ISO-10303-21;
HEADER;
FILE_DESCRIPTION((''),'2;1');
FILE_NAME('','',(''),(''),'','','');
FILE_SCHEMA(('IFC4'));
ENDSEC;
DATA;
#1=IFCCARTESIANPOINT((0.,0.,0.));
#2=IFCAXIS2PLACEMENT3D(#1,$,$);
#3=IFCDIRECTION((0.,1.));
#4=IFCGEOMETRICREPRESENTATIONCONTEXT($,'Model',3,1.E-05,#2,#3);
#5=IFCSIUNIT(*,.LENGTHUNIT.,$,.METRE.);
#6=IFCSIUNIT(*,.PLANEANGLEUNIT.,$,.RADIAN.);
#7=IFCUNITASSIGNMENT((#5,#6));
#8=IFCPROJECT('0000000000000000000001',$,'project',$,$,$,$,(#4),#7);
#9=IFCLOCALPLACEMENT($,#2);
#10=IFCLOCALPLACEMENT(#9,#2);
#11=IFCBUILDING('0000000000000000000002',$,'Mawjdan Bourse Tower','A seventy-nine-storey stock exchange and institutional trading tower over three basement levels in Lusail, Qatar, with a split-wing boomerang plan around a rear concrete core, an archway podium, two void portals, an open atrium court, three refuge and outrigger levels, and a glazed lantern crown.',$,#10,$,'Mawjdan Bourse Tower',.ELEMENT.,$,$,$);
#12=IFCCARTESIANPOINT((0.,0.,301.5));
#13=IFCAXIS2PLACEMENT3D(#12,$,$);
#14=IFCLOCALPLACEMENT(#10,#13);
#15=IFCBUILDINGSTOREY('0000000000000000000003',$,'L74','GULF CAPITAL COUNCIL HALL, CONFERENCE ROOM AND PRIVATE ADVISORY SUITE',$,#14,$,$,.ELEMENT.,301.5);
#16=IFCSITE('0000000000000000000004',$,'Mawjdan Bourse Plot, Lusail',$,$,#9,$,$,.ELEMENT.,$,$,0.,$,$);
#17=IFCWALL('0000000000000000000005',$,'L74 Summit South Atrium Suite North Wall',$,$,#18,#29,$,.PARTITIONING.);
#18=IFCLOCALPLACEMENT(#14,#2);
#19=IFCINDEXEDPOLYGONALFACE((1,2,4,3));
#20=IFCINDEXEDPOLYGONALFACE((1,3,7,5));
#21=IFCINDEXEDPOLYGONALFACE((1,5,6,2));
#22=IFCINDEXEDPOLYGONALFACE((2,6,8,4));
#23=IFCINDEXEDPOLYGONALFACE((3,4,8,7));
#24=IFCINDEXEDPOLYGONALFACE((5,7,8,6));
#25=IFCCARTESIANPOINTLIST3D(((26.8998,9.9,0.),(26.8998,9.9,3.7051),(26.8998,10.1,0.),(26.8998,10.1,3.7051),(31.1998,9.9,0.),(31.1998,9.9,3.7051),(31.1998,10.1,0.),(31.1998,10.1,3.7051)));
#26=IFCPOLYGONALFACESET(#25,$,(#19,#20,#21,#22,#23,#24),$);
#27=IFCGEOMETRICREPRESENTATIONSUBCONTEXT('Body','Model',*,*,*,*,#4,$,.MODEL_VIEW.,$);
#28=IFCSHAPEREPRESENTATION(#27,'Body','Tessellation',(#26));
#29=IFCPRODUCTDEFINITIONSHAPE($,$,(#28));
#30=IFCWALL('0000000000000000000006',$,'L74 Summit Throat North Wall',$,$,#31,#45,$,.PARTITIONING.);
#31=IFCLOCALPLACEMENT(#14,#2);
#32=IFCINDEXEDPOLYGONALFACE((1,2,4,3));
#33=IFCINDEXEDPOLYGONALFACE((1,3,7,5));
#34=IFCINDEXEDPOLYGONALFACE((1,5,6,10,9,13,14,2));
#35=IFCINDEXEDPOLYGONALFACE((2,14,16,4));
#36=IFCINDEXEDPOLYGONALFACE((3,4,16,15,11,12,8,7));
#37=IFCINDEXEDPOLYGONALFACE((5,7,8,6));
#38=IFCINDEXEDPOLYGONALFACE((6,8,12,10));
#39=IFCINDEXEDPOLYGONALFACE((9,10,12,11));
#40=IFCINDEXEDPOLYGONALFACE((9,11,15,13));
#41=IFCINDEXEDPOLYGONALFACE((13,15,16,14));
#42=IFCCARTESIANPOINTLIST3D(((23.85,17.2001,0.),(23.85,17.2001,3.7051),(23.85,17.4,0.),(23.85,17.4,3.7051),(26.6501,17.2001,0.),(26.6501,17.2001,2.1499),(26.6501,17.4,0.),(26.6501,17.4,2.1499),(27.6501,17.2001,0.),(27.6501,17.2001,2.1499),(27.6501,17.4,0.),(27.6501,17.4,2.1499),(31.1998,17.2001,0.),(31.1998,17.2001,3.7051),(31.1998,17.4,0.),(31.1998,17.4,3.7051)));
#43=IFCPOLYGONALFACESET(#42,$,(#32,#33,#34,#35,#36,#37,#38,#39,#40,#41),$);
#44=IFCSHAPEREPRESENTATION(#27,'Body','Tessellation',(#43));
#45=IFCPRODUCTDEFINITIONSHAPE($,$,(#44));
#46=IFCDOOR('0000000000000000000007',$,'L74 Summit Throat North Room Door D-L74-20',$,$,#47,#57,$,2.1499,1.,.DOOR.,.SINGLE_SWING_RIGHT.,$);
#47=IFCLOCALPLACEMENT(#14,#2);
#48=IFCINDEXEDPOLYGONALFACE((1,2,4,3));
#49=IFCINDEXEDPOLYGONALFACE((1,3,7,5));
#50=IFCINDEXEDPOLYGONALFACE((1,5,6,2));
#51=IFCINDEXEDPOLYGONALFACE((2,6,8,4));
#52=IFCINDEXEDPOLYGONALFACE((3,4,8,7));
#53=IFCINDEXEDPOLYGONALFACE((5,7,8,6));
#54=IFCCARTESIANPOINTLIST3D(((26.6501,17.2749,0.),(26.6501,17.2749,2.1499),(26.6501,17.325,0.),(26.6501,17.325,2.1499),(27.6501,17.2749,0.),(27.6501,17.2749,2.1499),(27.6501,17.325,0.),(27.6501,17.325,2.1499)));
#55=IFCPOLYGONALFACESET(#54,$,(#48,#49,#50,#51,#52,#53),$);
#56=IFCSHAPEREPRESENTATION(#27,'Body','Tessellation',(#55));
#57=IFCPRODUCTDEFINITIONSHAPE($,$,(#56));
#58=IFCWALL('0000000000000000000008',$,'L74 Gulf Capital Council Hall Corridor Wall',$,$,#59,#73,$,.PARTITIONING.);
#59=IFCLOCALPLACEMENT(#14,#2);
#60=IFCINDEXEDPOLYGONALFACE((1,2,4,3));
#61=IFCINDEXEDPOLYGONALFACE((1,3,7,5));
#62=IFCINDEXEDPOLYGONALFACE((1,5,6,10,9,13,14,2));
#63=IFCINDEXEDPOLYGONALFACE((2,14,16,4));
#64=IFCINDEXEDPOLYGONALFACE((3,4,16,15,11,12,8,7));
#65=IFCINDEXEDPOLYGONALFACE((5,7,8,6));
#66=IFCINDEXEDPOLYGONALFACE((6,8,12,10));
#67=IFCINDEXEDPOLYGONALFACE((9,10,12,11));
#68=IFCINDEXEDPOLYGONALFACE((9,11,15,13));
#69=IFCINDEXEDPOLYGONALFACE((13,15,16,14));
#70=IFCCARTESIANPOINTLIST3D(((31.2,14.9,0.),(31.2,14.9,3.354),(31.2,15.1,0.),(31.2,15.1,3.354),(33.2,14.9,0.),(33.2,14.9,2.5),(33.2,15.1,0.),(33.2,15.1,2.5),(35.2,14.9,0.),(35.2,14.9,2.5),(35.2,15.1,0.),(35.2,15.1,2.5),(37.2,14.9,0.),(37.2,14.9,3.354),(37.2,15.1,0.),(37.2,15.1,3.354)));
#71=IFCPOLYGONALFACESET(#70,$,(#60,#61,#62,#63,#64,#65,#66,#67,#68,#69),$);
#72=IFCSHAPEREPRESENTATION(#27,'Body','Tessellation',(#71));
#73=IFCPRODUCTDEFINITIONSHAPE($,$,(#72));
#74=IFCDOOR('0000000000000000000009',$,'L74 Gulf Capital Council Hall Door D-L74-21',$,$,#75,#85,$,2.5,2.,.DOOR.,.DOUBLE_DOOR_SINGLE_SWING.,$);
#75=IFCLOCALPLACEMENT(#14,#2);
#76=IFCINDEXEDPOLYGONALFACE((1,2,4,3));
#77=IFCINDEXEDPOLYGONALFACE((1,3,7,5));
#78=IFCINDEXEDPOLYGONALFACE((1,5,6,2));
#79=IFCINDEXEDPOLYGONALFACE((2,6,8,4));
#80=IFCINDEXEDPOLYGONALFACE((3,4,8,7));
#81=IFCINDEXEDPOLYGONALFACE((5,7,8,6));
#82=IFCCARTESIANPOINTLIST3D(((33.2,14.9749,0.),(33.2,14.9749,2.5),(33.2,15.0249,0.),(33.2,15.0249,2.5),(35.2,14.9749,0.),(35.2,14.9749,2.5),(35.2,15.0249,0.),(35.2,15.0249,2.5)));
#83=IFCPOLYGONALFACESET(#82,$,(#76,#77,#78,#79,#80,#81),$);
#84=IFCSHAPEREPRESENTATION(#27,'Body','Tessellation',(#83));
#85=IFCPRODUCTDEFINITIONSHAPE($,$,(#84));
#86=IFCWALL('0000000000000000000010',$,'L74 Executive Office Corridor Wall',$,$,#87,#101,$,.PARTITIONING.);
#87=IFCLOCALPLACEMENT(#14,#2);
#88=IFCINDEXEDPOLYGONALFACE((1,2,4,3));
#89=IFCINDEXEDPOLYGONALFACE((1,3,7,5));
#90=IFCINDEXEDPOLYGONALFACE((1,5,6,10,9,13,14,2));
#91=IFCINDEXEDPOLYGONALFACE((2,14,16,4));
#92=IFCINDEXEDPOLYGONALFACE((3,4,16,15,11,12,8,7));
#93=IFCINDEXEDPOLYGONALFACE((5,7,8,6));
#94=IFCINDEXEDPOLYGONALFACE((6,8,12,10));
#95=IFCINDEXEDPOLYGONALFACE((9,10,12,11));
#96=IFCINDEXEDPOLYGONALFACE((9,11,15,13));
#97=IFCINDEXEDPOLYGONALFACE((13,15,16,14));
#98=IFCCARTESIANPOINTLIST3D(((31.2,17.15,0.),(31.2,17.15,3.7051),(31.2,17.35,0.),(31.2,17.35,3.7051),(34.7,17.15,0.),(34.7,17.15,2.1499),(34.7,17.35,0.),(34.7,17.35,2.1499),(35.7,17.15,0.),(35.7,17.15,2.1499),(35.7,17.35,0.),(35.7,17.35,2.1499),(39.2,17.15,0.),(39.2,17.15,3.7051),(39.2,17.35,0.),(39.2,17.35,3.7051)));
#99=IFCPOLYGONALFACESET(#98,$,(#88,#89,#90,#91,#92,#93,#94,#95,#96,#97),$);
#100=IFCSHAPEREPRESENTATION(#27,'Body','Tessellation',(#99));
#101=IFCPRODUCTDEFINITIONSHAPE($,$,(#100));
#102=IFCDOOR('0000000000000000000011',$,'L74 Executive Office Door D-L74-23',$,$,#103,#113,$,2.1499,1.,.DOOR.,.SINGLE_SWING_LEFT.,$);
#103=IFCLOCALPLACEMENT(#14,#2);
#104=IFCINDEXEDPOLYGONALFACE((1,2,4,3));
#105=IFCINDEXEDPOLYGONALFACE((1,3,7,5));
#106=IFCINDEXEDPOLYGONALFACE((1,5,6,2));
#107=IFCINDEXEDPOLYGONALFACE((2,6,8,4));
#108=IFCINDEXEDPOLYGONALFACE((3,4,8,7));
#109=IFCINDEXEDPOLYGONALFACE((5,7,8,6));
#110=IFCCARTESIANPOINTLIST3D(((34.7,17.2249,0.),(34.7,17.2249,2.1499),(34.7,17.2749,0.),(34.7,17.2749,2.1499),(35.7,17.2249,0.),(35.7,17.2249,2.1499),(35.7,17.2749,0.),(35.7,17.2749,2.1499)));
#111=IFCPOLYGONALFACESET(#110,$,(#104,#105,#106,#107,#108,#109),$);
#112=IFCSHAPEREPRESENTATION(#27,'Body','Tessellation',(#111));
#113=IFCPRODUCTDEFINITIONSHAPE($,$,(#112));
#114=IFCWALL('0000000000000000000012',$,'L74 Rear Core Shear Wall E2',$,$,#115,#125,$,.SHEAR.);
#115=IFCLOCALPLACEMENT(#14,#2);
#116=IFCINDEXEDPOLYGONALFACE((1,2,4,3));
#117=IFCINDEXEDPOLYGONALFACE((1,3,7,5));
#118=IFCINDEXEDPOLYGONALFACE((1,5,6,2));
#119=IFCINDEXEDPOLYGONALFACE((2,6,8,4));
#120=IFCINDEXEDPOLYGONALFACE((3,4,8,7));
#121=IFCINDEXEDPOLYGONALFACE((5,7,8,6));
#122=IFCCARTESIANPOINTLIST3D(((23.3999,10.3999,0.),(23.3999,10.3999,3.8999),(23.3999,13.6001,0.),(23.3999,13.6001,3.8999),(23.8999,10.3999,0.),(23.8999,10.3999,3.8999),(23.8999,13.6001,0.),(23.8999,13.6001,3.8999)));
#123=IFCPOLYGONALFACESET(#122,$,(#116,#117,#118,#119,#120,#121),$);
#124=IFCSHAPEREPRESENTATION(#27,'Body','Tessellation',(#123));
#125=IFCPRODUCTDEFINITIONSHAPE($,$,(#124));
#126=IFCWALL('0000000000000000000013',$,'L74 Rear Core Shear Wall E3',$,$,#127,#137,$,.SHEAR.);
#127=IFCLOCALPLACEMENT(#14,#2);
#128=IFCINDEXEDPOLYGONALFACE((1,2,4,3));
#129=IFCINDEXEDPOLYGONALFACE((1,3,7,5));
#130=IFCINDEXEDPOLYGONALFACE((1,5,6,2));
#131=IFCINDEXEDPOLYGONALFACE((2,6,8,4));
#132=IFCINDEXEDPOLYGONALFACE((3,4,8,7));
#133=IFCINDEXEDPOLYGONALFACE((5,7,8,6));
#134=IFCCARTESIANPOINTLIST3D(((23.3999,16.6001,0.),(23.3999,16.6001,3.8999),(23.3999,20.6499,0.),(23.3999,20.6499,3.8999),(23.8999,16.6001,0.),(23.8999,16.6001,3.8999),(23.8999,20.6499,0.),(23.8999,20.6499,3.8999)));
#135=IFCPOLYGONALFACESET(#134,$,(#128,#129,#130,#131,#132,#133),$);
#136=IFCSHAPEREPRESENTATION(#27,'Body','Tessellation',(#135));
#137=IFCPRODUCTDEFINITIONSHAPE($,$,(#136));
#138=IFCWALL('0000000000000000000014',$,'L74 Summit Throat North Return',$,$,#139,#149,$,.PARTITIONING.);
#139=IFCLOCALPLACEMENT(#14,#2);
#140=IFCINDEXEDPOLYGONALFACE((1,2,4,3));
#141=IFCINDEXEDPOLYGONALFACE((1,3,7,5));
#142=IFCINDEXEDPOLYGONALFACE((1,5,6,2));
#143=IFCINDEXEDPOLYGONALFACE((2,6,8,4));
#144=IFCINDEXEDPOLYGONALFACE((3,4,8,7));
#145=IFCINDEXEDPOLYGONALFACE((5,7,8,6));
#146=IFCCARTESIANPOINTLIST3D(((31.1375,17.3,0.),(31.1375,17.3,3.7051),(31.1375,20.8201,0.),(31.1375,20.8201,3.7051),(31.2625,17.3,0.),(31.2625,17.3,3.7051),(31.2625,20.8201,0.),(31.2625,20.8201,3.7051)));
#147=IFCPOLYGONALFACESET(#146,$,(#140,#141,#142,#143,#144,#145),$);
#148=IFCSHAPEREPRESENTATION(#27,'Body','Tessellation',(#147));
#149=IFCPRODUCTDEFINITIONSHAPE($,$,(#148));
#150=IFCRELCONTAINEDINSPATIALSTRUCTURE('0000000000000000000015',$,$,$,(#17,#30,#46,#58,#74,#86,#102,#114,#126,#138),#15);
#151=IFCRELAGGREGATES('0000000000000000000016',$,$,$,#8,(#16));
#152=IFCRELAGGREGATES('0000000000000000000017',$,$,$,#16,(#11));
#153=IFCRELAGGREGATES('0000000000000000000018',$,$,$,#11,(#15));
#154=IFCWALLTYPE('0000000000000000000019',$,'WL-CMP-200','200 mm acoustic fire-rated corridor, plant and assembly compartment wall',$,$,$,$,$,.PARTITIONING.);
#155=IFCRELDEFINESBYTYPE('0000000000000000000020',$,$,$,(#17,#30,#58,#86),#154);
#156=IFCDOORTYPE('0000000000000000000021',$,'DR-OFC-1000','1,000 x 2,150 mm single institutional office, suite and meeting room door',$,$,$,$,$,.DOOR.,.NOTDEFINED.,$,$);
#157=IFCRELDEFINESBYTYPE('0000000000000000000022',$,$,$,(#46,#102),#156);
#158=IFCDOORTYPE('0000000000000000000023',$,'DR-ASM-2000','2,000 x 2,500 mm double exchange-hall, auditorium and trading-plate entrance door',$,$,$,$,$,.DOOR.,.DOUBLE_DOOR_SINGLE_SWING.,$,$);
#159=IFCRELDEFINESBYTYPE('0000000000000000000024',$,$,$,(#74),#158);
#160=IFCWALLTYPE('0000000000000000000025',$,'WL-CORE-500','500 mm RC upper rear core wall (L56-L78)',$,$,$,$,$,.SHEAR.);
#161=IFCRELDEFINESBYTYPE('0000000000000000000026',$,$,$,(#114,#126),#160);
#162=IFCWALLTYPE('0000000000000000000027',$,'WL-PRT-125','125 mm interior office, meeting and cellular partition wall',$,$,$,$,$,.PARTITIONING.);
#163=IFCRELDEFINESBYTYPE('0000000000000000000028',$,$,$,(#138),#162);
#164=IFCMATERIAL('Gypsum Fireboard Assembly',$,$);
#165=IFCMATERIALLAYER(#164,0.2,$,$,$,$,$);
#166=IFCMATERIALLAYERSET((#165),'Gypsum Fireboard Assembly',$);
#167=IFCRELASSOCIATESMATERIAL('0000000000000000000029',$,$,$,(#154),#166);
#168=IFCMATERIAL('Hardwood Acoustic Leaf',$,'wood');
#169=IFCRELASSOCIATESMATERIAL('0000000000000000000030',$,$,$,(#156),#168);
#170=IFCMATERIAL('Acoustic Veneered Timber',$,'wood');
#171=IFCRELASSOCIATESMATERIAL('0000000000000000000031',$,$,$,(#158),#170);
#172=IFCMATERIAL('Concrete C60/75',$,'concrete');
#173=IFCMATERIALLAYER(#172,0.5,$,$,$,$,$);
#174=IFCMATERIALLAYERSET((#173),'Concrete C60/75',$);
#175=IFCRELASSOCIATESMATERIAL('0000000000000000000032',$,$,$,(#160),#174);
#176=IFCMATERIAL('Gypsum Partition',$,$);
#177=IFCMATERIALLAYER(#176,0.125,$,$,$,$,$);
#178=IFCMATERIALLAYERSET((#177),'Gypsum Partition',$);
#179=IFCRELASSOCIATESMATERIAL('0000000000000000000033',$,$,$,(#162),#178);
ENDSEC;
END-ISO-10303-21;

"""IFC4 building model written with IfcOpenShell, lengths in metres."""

from ifc_helpers import new_model, si_unit, direction, frame, frame_2d, origin, place, context, subcontext, project, spatial, rectangle, extrude, material, layer, layer_set, type_object, element, fill, save


model = new_model("IFC4")

# Units and contexts
model_context = context("Model", 3, precision=1e-05, world=origin(), true_north=direction((0.0, 1.0)))
body_context = subcontext(model_context, "Body", "Model", "MODEL_VIEW")
ifc_project = project(units=[si_unit("LENGTHUNIT", "METRE"), si_unit("PLANEANGLEUNIT", "RADIAN")], contexts=[model_context])

# Site, building, storey
site_placement = place(None, origin())
site = spatial("IfcSite", under=ifc_project, at=site_placement, Name="Mawjdan Bourse Plot, Lusail", CompositionType="ELEMENT", RefElevation=0.0)
building_placement = place(site_placement, origin())
building = spatial("IfcBuilding", under=site, at=building_placement, Name="Mawjdan Bourse Tower", Description="A seventy-nine-storey stock exchange and institutional trading tower over three basement levels in Lusail, Qatar, with a split-wing boomerang plan around a rear concrete core, an archway podium, two void portals, an open atrium court, three refuge and outrigger levels, and a glazed lantern crown.", LongName="Mawjdan Bourse Tower", CompositionType="ELEMENT")
storey_placement = place(building_placement, frame((0.0, 0.0, 301.5)))
storey = spatial("IfcBuildingStorey", under=building, at=storey_placement, Name="L74", Description="GULF CAPITAL COUNCIL HALL, CONFERENCE ROOM AND PRIVATE ADVISORY SUITE", CompositionType="ELEMENT", Elevation=301.5)

# Shared definitions
ifc_material_1 = material(Name="Concrete C60/75", Category="concrete")

# Wall
ifc_material_2 = material(Name="Gypsum Fireboard Assembly")
ifc_layer_1 = layer(ifc_material_2, 0.2)
ifc_layer_set_1 = layer_set([ifc_layer_1], Name="Gypsum Fireboard Assembly")
wall_type_1 = type_object("IfcWallType", Name="WL-CMP-200", Description="200 mm acoustic fire-rated corridor, plant and assembly compartment wall", PredefinedType="PARTITIONING", material=ifc_layer_set_1)
wall_1_placement = place(storey_placement, frame((26.8999, 10.0, 0.0), z_axis=(0.0, 0.0, 1.0), x_axis=(1.0, 0.0, 0.0)))
element("IfcWall", 1, at=wall_1_placement, inside=storey, type_object=wall_type_1, Name="L74 Summit South Atrium Suite North Wall", PredefinedType="PARTITIONING", context=body_context, shape_type="SweptSolid", body=[
    extrude(rectangle(XDim=4.3, YDim=0.2, at=frame_2d((2.1499, 0.0))), origin(), (0.0, 0.0, 1.0), 3.7051),
])

# Walls, openings, doors
wall_2_placement = place(storey_placement, frame((23.8501, 17.3, 0.0), z_axis=(0.0, 0.0, 1.0), x_axis=(1.0, 0.0, 0.0)))
wall_2 = element("IfcWall", 2, at=wall_2_placement, inside=storey, type_object=wall_type_1, Name="L74 Summit Throat North Wall", PredefinedType="PARTITIONING", context=body_context, shape_type="SweptSolid", body=[
    extrude(rectangle(XDim=7.3499, YDim=0.2, at=frame_2d((3.6748, 0.0))), origin(), (0.0, 0.0, 1.0), 3.7051),
])
opening_1_placement = place(wall_2_placement, frame((2.8, 0.0, 0.0)))
opening_1 = element("IfcOpeningElement", 3, at=opening_1_placement, cuts=wall_2, PredefinedType="OPENING", context=body_context, shape_type="SweptSolid", body=[
    extrude(rectangle(XDim=1.0, YDim=2.1499, at=frame_2d((0.5, 1.075))), frame((0.0, 0.1099, 0.0), z_axis=(0.0, -1.0, 0.0), x_axis=(1.0, 0.0, 0.0)), (0.0, 0.0, 1.0), 0.22),
])
ifc_material_3 = material(Name="Hardwood Acoustic Leaf", Category="wood")
door_type_1 = type_object("IfcDoorType", Name="DR-OFC-1000", Description="1,000 x 2,150 mm single institutional office, suite and meeting room door", OperationType="NOTDEFINED", PredefinedType="DOOR", material=ifc_material_3)
door_1_placement = place(opening_1_placement, origin())
door_1 = element("IfcDoor", 4, at=door_1_placement, inside=storey, type_object=door_type_1, Name="L74 Summit Throat North Room Door D-L74-20", OperationType="SINGLE_SWING_RIGHT", OverallHeight=2.1499, OverallWidth=1.0, PredefinedType="DOOR", context=body_context, shape_type="SweptSolid", body=[
    extrude(rectangle(XDim=1.0, YDim=2.1499, at=frame_2d((0.5, 1.075))), frame((0.0, 0.0249, 0.0), z_axis=(0.0, -1.0, 0.0), x_axis=(1.0, 0.0, 0.0)), (0.0, 0.0, 1.0), 0.05),
])
fill(opening_1, door_1)
wall_3_placement = place(storey_placement, frame((31.2, 15.0, 0.0), z_axis=(0.0, 0.0, 1.0), x_axis=(1.0, 0.0, 0.0)))
wall_3 = element("IfcWall", 5, at=wall_3_placement, inside=storey, type_object=wall_type_1, Name="L74 Gulf Capital Council Hall Corridor Wall", PredefinedType="PARTITIONING", context=body_context, shape_type="SweptSolid", body=[
    extrude(rectangle(XDim=6.0, YDim=0.2, at=frame_2d((3.0, 0.0))), origin(), (0.0, 0.0, 1.0), 3.354),
])
opening_2_placement = place(wall_3_placement, frame((2.0, 0.0, 0.0)))
opening_2 = element("IfcOpeningElement", 6, at=opening_2_placement, cuts=wall_3, PredefinedType="OPENING", context=body_context, shape_type="SweptSolid", body=[
    extrude(rectangle(XDim=2.0, YDim=2.5, at=frame_2d((1.0, 1.25))), frame((0.0, 0.1099, 0.0), z_axis=(0.0, -1.0, 0.0), x_axis=(1.0, 0.0, 0.0)), (0.0, 0.0, 1.0), 0.22),
])
ifc_material_4 = material(Name="Acoustic Veneered Timber", Category="wood")
door_type_2 = type_object("IfcDoorType", Name="DR-ASM-2000", Description="2,000 x 2,500 mm double exchange-hall, auditorium and trading-plate entrance door", OperationType="DOUBLE_DOOR_SINGLE_SWING", PredefinedType="DOOR", material=ifc_material_4)
door_2_placement = place(opening_2_placement, origin())
door_2 = element("IfcDoor", 7, at=door_2_placement, inside=storey, type_object=door_type_2, Name="L74 Gulf Capital Council Hall Door D-L74-21", OperationType="DOUBLE_DOOR_SINGLE_SWING", OverallHeight=2.5, OverallWidth=2.0, PredefinedType="DOOR", context=body_context, shape_type="SweptSolid", body=[
    extrude(rectangle(XDim=2.0, YDim=2.5, at=frame_2d((1.0, 1.25))), frame((0.0, 0.0249, 0.0), z_axis=(0.0, -1.0, 0.0), x_axis=(1.0, 0.0, 0.0)), (0.0, 0.0, 1.0), 0.05),
])
fill(opening_2, door_2)
wall_4_placement = place(storey_placement, frame((31.2, 17.25, 0.0), z_axis=(0.0, 0.0, 1.0), x_axis=(1.0, 0.0, 0.0)))
wall_4 = element("IfcWall", 8, at=wall_4_placement, inside=storey, type_object=wall_type_1, Name="L74 Executive Office Corridor Wall", PredefinedType="PARTITIONING", context=body_context, shape_type="SweptSolid", body=[
    extrude(rectangle(XDim=8.0, YDim=0.2, at=frame_2d((4.0, 0.0))), origin(), (0.0, 0.0, 1.0), 3.7051),
])
opening_3_placement = place(wall_4_placement, frame((3.5, 0.0, 0.0)))
opening_3 = element("IfcOpeningElement", 9, at=opening_3_placement, cuts=wall_4, PredefinedType="OPENING", context=body_context, shape_type="SweptSolid", body=[
    extrude(rectangle(XDim=1.0, YDim=2.1499, at=frame_2d((0.5, 1.075))), frame((0.0, 0.1099, 0.0), z_axis=(0.0, -1.0, 0.0), x_axis=(1.0, 0.0, 0.0)), (0.0, 0.0, 1.0), 0.22),
])
door_3_placement = place(opening_3_placement, origin())
door_3 = element("IfcDoor", 10, at=door_3_placement, inside=storey, type_object=door_type_1, Name="L74 Executive Office Door D-L74-23", OperationType="SINGLE_SWING_LEFT", OverallHeight=2.1499, OverallWidth=1.0, PredefinedType="DOOR", context=body_context, shape_type="SweptSolid", body=[
    extrude(rectangle(XDim=1.0, YDim=2.1499, at=frame_2d((0.5, 1.075))), frame((0.0, 0.0249, 0.0), z_axis=(0.0, -1.0, 0.0), x_axis=(1.0, 0.0, 0.0)), (0.0, 0.0, 1.0), 0.05),
])
fill(opening_3, door_3)

# Walls
ifc_layer_2 = layer(ifc_material_1, 0.5)
ifc_layer_set_2 = layer_set([ifc_layer_2], Name="Concrete C60/75")
wall_type_2 = type_object("IfcWallType", Name="WL-CORE-500", Description="500 mm RC upper rear core wall (L56-L78)", PredefinedType="SHEAR", material=ifc_layer_set_2)
wall_5_placement = place(storey_placement, frame((23.6499, 10.3999, 0.0), z_axis=(0.0, 0.0, 1.0), x_axis=(0.0, 1.0, 0.0)))
element("IfcWall", 11, at=wall_5_placement, inside=storey, type_object=wall_type_2, Name="L74 Rear Core Shear Wall E2", PredefinedType="SHEAR", context=body_context, shape_type="SweptSolid", body=[
    extrude(rectangle(XDim=3.2002, YDim=0.5, at=frame_2d((1.6001, 0.0))), origin(), (0.0, 0.0, 1.0), 3.8999),
])
wall_6_placement = place(storey_placement, frame((23.6499, 16.6001, 0.0), z_axis=(0.0, 0.0, 1.0), x_axis=(0.0, 1.0, 0.0)))
element("IfcWall", 12, at=wall_6_placement, inside=storey, type_object=wall_type_2, Name="L74 Rear Core Shear Wall E3", PredefinedType="SHEAR", context=body_context, shape_type="SweptSolid", body=[
    extrude(rectangle(XDim=4.0498, YDim=0.5, at=frame_2d((2.0249, 0.0))), origin(), (0.0, 0.0, 1.0), 3.8999),
])
ifc_material_5 = material(Name="Gypsum Partition")
ifc_layer_3 = layer(ifc_material_5, 0.125)
ifc_layer_set_3 = layer_set([ifc_layer_3], Name="Gypsum Partition")
wall_type_3 = type_object("IfcWallType", Name="WL-PRT-125", Description="125 mm interior office, meeting and cellular partition wall", PredefinedType="PARTITIONING", material=ifc_layer_set_3)
wall_7_placement = place(storey_placement, frame((31.2, 17.3, 0.0), z_axis=(0.0, 0.0, 1.0), x_axis=(0.0, 1.0, 0.0)))
element("IfcWall", 13, at=wall_7_placement, inside=storey, type_object=wall_type_3, Name="L74 Summit Throat North Return", PredefinedType="PARTITIONING", context=body_context, shape_type="SweptSolid", body=[
    extrude(rectangle(XDim=3.52, YDim=0.125, at=frame_2d((1.76, 0.0))), origin(), (0.0, 0.0, 1.0), 3.7051),
])

save(model, "model.ifc")
